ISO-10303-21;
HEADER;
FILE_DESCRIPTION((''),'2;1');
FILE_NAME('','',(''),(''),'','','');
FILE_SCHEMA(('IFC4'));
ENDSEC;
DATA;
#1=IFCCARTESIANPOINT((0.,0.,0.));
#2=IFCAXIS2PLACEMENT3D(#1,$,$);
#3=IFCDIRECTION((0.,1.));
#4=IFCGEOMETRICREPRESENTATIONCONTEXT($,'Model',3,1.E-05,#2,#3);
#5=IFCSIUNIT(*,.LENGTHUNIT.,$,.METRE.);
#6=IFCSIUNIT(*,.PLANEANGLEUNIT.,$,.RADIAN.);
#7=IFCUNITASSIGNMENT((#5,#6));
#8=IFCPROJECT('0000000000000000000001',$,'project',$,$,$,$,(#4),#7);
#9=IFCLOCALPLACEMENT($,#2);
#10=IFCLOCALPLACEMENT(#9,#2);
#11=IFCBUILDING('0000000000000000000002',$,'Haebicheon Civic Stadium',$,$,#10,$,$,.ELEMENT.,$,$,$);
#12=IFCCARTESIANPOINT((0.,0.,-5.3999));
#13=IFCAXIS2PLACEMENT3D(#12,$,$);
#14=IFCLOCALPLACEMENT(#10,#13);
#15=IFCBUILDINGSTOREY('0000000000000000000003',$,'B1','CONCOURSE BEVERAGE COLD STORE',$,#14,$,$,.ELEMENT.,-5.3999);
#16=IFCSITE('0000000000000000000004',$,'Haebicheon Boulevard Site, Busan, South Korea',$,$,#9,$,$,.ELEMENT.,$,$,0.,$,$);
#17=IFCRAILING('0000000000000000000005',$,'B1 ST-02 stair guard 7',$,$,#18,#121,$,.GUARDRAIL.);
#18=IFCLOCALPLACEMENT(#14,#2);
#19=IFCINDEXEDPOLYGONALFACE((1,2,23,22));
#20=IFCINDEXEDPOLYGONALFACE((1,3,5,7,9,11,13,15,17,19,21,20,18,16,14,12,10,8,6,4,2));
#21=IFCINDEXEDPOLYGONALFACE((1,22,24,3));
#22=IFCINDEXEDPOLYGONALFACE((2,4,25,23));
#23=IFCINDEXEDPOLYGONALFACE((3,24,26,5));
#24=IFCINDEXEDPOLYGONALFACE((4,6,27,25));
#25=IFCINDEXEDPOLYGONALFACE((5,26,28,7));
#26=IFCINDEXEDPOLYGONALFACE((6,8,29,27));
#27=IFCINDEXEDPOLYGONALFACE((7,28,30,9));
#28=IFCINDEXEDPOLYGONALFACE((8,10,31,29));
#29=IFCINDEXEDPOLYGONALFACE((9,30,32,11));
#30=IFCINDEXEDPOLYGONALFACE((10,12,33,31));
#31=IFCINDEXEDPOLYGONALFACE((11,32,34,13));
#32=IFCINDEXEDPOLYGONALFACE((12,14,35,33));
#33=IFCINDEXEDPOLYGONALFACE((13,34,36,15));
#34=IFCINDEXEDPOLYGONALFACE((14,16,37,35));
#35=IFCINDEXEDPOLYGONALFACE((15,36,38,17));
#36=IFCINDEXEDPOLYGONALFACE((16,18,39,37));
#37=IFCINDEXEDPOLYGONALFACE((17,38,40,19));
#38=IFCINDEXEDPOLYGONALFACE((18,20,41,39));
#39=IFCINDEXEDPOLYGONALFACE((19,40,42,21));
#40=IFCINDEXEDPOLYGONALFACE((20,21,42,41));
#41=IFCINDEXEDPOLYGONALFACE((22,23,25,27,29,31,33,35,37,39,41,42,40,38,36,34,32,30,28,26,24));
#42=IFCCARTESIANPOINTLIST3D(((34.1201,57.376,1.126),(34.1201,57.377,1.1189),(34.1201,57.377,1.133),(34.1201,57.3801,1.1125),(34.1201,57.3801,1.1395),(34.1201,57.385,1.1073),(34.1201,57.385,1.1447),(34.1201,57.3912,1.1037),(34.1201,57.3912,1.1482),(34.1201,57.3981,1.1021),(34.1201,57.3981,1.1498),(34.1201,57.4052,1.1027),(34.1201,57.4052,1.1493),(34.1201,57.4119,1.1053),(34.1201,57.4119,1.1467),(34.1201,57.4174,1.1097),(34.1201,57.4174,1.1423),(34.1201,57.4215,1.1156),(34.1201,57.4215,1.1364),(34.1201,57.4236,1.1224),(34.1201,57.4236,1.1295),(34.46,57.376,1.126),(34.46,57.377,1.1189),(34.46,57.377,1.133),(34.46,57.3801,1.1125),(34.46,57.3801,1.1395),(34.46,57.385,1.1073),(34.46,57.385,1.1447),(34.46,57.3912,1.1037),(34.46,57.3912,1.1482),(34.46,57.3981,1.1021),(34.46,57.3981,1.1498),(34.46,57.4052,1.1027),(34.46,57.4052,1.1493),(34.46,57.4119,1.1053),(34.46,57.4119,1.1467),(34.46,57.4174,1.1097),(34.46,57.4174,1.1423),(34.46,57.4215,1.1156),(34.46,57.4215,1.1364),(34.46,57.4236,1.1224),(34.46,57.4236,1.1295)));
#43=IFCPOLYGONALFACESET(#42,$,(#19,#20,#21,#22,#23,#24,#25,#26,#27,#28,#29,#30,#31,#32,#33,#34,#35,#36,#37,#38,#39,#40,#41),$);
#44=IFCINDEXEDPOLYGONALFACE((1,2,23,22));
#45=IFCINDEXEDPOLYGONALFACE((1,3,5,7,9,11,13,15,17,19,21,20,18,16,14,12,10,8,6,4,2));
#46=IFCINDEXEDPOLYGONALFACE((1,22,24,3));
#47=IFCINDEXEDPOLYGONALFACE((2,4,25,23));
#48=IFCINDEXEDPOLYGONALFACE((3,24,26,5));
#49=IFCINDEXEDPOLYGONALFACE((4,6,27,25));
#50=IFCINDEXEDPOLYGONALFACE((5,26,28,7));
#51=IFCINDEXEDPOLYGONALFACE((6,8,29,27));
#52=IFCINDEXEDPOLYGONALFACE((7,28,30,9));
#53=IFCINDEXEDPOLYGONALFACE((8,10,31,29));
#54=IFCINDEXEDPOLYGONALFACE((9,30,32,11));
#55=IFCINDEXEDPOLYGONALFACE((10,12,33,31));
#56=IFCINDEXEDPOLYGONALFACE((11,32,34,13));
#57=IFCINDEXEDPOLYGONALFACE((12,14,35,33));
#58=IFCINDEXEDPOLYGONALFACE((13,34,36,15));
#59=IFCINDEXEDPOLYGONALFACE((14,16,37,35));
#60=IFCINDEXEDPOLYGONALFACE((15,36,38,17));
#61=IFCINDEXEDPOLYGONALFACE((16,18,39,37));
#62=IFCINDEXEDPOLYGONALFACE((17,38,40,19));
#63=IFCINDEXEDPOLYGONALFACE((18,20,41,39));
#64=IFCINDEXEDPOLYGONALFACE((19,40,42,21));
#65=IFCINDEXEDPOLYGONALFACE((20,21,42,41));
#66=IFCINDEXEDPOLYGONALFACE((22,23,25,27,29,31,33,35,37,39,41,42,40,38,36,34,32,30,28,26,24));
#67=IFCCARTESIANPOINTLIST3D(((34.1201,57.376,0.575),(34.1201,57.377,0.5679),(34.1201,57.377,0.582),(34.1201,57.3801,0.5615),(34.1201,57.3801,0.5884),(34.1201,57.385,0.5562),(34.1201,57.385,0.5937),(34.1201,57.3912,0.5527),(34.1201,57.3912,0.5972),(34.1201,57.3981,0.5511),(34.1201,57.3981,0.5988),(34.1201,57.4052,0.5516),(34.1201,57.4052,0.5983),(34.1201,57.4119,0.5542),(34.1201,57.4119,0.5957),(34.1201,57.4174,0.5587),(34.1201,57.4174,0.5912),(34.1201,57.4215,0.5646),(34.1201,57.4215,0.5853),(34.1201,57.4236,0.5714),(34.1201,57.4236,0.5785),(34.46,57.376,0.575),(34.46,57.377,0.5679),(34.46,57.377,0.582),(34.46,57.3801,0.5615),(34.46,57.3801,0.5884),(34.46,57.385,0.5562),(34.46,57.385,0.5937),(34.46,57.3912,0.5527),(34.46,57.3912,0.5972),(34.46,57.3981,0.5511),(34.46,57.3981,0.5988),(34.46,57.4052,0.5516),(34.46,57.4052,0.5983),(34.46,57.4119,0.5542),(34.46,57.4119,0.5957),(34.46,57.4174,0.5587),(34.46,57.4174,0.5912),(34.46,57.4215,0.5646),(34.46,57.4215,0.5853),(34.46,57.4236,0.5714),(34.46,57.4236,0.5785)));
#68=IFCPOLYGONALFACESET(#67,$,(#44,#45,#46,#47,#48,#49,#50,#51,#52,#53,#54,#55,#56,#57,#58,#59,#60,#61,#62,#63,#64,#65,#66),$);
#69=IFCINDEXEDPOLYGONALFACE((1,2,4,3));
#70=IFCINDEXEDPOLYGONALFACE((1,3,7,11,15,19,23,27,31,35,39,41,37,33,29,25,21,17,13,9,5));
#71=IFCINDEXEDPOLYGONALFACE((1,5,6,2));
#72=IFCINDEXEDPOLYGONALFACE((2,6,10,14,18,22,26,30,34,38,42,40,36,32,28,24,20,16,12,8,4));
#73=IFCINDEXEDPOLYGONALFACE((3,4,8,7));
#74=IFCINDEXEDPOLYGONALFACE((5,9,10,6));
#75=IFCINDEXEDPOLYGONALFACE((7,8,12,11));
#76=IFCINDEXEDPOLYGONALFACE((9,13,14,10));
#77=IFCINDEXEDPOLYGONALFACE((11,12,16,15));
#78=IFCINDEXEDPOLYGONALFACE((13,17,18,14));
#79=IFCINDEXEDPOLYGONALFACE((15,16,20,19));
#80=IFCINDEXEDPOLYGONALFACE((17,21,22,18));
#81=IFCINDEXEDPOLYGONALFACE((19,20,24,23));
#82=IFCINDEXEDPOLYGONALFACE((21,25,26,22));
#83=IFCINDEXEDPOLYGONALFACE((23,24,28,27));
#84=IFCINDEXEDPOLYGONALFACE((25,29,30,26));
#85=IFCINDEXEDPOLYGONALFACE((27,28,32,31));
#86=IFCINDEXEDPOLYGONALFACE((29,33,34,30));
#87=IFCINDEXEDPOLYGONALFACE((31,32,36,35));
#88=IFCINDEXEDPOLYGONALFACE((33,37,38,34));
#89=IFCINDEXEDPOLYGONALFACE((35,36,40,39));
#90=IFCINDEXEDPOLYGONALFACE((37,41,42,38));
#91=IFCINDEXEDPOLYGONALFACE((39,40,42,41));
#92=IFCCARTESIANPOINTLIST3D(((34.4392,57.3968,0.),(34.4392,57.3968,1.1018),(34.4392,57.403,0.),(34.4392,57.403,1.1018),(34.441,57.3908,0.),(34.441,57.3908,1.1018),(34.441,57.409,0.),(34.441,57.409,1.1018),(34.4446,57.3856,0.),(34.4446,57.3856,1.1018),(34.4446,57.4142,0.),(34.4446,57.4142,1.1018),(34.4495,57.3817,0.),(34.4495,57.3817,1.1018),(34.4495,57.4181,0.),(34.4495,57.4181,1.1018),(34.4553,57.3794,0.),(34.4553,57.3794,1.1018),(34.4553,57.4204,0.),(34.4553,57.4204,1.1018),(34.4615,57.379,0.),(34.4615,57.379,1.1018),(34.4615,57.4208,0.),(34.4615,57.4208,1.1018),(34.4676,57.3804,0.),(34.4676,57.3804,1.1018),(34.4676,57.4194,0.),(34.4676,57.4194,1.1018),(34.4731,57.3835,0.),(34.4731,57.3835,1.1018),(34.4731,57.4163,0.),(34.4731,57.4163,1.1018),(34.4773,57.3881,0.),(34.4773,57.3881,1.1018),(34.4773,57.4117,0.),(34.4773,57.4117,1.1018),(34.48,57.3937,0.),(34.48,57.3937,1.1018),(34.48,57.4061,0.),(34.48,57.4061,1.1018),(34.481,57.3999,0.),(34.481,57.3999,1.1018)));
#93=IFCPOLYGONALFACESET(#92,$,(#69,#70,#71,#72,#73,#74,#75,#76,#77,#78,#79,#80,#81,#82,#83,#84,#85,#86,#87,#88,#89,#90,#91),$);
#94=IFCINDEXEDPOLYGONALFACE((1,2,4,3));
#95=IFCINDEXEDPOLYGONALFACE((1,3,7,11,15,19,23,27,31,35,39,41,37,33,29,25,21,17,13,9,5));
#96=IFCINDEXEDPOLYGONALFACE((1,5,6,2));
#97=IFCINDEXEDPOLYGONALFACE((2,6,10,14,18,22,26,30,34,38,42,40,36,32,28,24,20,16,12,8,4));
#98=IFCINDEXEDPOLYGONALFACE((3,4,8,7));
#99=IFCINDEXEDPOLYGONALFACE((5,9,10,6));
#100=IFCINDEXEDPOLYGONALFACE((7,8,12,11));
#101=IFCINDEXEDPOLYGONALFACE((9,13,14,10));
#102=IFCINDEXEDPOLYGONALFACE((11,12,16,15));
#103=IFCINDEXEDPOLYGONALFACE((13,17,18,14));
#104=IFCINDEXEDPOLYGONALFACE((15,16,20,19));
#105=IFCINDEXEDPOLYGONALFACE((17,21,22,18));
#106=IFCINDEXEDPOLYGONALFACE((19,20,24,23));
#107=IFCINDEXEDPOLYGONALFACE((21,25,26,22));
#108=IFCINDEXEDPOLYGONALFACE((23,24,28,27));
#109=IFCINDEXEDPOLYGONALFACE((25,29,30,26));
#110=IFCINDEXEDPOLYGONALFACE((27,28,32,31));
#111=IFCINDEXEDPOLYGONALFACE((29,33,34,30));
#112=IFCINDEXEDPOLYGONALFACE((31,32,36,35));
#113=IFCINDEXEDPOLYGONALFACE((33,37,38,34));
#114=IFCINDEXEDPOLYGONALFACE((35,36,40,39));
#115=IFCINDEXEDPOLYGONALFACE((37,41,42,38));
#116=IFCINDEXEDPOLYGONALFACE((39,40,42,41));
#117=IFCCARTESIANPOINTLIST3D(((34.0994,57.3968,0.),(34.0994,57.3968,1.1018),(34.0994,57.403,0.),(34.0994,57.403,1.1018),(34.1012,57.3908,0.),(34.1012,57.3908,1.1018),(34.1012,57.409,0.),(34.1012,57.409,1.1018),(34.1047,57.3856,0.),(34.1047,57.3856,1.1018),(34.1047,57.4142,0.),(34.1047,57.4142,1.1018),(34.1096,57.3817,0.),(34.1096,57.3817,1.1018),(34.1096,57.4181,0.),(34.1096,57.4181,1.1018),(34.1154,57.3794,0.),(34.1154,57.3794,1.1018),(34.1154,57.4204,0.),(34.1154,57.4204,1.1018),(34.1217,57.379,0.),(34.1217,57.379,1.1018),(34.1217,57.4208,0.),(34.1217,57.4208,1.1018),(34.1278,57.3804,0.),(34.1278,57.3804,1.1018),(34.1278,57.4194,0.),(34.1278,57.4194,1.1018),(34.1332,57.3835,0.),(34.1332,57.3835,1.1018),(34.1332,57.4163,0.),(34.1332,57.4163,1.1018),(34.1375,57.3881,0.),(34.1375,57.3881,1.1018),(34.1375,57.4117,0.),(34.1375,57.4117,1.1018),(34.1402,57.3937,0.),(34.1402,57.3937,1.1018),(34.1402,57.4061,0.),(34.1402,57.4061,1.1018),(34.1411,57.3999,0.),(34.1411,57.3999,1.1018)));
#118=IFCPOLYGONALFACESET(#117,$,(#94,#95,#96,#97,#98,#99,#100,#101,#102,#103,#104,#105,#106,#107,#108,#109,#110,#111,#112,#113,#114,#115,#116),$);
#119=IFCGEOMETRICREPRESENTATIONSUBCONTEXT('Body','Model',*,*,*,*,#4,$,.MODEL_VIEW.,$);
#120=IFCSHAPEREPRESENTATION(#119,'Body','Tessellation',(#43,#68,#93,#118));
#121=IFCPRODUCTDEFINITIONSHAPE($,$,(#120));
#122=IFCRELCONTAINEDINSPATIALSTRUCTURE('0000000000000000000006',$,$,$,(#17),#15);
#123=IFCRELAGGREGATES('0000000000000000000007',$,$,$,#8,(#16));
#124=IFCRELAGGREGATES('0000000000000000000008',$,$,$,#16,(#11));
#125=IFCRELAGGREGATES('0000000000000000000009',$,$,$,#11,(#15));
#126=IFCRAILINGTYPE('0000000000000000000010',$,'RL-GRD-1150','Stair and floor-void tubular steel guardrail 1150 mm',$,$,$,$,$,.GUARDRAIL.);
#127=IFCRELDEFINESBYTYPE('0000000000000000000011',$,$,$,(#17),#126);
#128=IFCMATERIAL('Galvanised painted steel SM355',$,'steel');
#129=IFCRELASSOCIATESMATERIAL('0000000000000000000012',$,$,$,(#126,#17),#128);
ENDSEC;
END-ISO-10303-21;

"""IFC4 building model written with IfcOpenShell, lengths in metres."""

from ifc_helpers import new_model, si_unit, direction, frame, origin, origin_2d, place, context, subcontext, project, spatial, circle, extrude, material, type_object, element, save


model = new_model("IFC4")

# Units and contexts
model_context = context("Model", 3, precision=1e-05, world=origin(), true_north=direction((0.0, 1.0)))
body_context = subcontext(model_context, "Body", "Model", "MODEL_VIEW")
ifc_project = project(units=[si_unit("LENGTHUNIT", "METRE"), si_unit("PLANEANGLEUNIT", "RADIAN")], contexts=[model_context])

# Site, building, storey
site_placement = place(None, origin())
site = spatial("IfcSite", under=ifc_project, at=site_placement, Name="Haebicheon Boulevard Site, Busan, South Korea", CompositionType="ELEMENT", RefElevation=0.0)
building_placement = place(site_placement, origin())
building = spatial("IfcBuilding", under=site, at=building_placement, Name="Haebicheon Civic Stadium", CompositionType="ELEMENT")
storey_placement = place(building_placement, frame((0.0, 0.0, -5.3999)))
storey = spatial("IfcBuildingStorey", under=building, at=storey_placement, Name="B1", Description="CONCOURSE BEVERAGE COLD STORE", CompositionType="ELEMENT", Elevation=-5.3999)

# Railing
ifc_material_1 = material(Name="Galvanised painted steel SM355", Category="steel")
railing_type_1 = type_object("IfcRailingType", Name="RL-GRD-1150", Description="Stair and floor-void tubular steel guardrail 1150 mm", PredefinedType="GUARDRAIL", material=ifc_material_1)
railing_1_placement = place(storey_placement, frame((34.46, 57.3999, 0.0)))
element("IfcRailing", 1, at=railing_1_placement, inside=storey, type_object=railing_type_1, material=ifc_material_1, Name="B1 ST-02 stair guard 7", PredefinedType="GUARDRAIL", context=body_context, shape_type="SweptSolid", body=[
    extrude(circle(Radius=0.0239, at=origin_2d()), frame((0.0, 0.0, 1.126), z_axis=(-1.0, 0.0, 0.0), x_axis=(0.0, -1.0, 0.0)), (0.0, 0.0, 1.0), 0.3398),
    extrude(circle(Radius=0.0239, at=origin_2d()), frame((0.0, 0.0, 0.575), z_axis=(-1.0, 0.0, 0.0), x_axis=(0.0, -1.0, 0.0)), (0.0, 0.0, 1.0), 0.3398),
    extrude(circle(Radius=0.021, at=origin_2d()), origin(), (0.0, 0.0, 1.0), 1.1018),
    extrude(circle(Radius=0.021, at=origin_2d()), frame((-0.3398, 0.0, 0.0)), (0.0, 0.0, 1.0), 1.1018),
])

save(model, "model.ifc")
